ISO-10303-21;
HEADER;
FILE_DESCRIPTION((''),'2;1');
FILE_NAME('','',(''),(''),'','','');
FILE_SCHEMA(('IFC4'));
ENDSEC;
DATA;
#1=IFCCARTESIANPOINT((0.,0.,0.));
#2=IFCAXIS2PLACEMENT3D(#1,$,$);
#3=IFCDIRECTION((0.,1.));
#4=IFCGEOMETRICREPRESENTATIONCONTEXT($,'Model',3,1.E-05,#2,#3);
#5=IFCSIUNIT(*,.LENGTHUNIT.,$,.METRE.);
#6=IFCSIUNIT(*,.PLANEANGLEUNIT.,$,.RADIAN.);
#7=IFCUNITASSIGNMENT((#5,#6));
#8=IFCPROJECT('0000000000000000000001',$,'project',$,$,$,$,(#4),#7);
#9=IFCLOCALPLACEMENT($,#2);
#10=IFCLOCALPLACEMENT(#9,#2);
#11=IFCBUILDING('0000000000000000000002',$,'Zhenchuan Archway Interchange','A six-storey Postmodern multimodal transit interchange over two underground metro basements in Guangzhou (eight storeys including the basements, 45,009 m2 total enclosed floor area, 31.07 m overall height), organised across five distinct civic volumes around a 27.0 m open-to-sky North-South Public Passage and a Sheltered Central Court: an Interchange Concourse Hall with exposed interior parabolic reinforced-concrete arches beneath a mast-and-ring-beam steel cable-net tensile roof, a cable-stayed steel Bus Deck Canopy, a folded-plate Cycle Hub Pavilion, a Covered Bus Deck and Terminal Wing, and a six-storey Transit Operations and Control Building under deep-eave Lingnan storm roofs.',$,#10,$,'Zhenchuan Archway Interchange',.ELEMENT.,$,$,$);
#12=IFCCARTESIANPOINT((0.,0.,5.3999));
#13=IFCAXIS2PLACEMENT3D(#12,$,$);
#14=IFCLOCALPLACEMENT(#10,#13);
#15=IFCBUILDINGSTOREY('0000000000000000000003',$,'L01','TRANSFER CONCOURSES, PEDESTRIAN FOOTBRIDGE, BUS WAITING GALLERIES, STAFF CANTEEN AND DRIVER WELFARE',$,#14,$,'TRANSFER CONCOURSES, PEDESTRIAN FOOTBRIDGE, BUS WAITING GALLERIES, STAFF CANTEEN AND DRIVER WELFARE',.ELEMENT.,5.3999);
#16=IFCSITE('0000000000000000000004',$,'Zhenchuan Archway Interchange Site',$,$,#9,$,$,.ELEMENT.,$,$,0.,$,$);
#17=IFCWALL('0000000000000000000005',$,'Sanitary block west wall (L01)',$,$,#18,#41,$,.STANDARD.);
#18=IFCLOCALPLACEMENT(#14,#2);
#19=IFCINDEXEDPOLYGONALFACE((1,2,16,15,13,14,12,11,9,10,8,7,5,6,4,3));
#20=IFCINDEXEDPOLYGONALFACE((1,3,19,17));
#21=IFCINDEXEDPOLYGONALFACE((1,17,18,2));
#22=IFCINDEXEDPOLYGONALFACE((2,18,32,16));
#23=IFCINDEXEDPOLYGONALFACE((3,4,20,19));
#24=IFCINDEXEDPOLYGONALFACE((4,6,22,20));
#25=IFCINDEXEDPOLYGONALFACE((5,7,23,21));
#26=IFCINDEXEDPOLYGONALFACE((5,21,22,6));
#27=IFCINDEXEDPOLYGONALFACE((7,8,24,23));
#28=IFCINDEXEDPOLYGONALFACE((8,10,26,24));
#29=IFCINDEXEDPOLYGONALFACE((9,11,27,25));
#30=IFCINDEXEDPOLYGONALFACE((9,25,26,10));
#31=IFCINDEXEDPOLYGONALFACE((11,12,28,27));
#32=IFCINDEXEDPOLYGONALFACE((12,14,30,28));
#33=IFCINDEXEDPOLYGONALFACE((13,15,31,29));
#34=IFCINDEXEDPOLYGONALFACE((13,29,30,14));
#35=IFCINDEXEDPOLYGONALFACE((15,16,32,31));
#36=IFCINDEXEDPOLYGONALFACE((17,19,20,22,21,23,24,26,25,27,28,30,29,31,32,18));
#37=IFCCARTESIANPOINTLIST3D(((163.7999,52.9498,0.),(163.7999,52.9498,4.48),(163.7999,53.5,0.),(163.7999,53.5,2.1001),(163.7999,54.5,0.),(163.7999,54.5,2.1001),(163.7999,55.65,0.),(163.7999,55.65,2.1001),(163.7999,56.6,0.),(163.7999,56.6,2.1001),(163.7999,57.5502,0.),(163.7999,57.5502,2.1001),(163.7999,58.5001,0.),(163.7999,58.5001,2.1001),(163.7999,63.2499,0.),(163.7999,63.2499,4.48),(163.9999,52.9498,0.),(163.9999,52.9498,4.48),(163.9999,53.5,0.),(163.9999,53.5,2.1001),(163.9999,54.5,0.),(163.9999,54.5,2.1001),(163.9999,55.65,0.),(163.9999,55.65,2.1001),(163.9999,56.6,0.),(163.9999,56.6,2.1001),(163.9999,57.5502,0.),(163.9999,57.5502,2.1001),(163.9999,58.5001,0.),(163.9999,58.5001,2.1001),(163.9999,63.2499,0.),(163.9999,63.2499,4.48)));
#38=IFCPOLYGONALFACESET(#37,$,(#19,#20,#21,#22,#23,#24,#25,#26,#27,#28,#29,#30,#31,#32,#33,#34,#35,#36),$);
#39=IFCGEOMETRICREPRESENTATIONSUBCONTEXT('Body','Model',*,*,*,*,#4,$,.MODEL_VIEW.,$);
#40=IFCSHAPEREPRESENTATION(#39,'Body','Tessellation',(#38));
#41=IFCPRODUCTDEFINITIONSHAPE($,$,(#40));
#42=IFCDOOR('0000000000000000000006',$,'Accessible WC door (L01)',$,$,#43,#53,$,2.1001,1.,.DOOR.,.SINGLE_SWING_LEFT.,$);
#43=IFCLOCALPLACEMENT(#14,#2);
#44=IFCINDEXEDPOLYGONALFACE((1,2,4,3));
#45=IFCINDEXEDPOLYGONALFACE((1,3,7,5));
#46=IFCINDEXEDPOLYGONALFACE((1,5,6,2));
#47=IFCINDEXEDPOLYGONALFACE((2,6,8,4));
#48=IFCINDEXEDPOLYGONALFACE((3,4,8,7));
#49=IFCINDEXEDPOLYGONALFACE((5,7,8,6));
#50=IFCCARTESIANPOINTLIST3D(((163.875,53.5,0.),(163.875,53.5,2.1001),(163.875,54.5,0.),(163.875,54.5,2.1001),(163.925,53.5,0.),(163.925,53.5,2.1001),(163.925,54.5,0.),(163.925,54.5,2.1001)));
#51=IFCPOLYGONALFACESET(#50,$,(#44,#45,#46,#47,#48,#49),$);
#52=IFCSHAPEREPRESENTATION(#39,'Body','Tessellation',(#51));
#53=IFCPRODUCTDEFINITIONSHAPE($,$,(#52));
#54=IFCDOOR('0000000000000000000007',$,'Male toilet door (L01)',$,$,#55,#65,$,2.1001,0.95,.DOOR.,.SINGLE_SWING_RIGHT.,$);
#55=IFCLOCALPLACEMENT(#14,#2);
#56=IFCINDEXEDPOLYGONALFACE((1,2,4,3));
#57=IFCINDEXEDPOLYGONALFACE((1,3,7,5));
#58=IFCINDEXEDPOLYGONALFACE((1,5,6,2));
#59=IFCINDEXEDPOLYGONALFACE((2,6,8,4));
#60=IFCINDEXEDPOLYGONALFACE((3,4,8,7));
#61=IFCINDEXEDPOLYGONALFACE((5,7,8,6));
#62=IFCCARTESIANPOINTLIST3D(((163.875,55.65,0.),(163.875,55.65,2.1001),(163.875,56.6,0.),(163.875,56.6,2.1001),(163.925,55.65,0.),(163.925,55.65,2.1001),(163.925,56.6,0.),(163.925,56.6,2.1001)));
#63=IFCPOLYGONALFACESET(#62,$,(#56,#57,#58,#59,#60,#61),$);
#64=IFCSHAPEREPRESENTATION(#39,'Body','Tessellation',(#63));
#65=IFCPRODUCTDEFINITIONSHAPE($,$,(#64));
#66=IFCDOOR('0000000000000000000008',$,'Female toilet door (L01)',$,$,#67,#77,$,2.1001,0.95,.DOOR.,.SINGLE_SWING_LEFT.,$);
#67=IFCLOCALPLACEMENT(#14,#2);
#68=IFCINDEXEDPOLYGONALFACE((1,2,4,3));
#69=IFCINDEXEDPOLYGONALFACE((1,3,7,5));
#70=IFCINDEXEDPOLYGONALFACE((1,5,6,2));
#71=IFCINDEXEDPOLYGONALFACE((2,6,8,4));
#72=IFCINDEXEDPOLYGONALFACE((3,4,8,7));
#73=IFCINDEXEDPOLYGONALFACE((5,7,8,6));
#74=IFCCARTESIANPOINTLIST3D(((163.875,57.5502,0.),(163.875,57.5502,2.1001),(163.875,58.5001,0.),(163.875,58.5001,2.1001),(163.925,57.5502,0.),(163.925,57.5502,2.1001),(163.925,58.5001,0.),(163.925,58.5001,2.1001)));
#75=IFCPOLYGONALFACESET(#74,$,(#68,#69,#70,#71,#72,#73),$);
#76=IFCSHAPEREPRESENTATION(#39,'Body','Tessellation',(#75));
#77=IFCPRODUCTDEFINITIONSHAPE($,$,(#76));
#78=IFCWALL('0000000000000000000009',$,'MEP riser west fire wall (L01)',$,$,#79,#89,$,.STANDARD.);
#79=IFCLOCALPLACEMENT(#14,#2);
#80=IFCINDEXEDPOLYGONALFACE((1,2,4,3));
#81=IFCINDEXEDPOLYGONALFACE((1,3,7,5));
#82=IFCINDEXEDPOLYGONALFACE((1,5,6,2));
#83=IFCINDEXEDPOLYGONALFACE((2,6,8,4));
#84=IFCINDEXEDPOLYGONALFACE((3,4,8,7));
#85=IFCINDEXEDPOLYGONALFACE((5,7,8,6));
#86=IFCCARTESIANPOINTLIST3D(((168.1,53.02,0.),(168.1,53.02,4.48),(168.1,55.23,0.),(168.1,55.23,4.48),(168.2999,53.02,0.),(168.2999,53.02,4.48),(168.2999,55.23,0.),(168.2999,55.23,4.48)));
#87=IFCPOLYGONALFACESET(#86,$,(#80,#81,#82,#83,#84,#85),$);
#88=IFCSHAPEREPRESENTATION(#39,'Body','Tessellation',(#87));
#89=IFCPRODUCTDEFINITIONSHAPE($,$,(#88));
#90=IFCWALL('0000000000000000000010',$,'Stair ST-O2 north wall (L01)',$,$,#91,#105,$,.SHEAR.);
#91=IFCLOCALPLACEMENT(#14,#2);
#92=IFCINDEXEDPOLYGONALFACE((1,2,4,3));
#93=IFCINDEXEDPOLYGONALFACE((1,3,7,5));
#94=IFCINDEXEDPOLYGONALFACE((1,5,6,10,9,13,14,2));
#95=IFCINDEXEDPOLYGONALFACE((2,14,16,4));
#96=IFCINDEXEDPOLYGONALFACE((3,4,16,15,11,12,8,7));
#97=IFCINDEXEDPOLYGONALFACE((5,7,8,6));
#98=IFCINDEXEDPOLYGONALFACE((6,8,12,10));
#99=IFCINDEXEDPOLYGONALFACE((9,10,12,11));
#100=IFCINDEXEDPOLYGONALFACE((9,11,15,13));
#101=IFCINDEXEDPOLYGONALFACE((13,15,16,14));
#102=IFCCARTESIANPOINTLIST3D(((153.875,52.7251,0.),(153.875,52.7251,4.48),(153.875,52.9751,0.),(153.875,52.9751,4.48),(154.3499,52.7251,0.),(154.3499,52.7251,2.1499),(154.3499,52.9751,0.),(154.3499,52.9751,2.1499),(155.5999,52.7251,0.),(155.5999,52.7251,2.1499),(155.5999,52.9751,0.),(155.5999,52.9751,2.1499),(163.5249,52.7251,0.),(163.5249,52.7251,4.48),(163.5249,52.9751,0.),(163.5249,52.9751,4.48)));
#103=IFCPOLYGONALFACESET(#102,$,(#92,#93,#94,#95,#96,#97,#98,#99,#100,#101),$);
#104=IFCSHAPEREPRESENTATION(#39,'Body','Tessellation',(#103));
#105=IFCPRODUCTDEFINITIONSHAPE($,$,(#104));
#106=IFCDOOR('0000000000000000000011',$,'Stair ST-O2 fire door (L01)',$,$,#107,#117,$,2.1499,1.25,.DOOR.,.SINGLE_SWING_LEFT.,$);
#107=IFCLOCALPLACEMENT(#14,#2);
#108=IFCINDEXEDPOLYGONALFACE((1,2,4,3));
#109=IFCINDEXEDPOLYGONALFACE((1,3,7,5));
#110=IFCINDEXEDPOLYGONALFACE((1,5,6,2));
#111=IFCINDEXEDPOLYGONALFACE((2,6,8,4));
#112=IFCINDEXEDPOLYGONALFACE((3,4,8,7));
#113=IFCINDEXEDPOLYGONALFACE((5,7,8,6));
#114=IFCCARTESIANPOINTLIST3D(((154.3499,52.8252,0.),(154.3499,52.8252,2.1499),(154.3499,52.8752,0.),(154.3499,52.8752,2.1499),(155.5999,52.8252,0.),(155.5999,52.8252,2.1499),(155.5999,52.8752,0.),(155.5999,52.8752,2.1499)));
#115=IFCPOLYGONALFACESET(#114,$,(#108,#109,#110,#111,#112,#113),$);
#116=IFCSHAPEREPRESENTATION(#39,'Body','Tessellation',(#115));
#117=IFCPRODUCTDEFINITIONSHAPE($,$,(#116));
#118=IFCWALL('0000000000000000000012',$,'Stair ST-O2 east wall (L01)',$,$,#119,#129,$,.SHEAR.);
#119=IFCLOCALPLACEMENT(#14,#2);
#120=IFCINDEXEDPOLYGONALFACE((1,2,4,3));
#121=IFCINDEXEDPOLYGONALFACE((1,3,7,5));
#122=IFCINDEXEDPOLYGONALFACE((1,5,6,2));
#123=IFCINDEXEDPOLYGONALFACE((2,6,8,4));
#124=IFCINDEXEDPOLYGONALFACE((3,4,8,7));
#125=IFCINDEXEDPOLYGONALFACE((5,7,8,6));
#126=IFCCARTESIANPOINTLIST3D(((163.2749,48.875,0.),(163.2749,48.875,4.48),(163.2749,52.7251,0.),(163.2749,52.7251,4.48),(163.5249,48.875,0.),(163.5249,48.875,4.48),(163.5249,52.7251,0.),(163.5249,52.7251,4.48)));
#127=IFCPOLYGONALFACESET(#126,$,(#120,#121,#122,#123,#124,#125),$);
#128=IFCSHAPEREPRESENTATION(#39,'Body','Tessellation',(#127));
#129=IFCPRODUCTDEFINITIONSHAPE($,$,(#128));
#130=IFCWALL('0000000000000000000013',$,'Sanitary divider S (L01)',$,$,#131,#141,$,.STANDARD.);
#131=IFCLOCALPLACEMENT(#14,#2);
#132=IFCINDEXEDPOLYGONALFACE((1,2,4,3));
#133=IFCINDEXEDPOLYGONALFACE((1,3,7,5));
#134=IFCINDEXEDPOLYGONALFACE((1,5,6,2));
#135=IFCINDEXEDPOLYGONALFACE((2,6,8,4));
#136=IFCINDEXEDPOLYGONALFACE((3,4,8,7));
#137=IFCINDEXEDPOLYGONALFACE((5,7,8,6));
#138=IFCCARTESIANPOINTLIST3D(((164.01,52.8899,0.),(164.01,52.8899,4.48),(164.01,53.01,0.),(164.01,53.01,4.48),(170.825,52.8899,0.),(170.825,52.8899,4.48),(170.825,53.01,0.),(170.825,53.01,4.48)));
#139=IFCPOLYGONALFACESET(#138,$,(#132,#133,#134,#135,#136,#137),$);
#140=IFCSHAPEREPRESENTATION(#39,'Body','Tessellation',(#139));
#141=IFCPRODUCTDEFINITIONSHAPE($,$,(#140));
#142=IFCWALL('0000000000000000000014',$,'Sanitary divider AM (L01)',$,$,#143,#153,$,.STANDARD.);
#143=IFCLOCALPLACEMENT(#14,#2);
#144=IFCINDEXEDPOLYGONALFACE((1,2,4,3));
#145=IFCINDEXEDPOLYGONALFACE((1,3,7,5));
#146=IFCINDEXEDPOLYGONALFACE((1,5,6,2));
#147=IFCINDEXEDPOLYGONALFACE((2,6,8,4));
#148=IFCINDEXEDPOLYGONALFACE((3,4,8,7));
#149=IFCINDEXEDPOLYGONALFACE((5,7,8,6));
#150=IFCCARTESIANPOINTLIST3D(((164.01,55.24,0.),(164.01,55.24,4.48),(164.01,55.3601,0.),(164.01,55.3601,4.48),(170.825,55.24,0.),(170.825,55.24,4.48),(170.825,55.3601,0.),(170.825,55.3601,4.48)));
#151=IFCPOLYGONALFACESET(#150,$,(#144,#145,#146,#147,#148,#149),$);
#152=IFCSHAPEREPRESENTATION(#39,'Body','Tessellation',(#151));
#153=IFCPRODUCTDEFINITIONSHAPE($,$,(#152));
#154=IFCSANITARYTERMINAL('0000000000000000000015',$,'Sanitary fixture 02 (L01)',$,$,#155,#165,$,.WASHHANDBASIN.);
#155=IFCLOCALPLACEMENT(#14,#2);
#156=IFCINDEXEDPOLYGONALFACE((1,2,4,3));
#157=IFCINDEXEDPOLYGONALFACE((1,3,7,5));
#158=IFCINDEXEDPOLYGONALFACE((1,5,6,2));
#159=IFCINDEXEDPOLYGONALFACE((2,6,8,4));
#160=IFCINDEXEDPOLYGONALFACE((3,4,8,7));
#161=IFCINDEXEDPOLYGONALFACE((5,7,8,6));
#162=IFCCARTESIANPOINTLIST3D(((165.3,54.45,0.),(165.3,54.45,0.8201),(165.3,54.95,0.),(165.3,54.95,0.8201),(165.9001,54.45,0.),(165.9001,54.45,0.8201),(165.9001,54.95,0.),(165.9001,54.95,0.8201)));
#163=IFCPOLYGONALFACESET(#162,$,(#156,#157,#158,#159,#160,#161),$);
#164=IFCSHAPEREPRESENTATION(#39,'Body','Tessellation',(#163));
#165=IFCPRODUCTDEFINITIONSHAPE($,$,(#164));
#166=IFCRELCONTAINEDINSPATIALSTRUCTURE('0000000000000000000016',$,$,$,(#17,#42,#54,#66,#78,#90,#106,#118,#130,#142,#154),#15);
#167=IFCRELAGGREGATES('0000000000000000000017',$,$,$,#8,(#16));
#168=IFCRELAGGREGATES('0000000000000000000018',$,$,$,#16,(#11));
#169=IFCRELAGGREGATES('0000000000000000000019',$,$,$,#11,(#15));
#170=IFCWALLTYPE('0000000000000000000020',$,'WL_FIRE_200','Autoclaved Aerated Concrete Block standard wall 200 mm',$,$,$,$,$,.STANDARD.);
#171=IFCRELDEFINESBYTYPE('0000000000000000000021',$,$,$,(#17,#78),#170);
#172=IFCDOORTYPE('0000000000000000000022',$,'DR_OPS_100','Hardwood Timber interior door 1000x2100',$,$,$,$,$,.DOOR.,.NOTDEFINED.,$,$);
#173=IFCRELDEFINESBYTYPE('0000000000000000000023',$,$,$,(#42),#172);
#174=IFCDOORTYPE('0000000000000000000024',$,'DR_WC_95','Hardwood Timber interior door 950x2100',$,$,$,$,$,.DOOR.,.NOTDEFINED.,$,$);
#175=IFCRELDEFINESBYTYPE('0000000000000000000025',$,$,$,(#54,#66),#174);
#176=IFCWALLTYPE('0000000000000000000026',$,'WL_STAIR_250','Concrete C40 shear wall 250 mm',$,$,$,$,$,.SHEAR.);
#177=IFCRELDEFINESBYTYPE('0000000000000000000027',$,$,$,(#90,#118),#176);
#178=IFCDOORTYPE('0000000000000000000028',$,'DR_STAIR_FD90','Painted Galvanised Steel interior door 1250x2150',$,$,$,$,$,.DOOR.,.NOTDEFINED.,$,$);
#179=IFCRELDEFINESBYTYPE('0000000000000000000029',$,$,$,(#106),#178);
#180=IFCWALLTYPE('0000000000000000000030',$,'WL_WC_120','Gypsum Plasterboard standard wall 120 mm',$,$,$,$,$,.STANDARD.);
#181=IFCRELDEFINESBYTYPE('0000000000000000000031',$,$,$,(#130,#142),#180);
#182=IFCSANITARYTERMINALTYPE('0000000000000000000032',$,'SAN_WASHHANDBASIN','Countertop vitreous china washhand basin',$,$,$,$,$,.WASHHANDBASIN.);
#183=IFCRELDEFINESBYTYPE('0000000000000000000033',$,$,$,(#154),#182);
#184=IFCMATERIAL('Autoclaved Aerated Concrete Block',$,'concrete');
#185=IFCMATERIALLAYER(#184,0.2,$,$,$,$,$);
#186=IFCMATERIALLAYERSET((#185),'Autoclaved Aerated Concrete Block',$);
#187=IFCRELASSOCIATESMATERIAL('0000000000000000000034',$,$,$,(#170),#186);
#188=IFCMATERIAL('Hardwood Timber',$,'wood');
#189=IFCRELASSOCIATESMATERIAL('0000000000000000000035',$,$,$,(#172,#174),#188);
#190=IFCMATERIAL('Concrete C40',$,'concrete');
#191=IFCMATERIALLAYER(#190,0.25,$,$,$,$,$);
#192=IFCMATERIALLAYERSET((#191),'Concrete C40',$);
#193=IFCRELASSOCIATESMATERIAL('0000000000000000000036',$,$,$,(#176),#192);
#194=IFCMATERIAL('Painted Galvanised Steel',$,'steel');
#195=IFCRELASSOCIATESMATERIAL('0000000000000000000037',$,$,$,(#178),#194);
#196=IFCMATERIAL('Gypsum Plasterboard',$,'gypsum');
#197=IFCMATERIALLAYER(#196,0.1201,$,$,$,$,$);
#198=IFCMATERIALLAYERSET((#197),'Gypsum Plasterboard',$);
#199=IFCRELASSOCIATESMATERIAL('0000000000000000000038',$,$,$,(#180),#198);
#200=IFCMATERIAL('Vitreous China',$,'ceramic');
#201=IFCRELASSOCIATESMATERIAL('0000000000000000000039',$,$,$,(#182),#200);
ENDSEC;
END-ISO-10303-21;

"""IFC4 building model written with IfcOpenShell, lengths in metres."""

from ifc_helpers import new_model, si_unit, direction, frame, frame_2d, origin, origin_2d, place, context, subcontext, project, spatial, rectangle, extrude, material, layer, layer_set, type_object, element, fill, save


model = new_model("IFC4")

# Units and contexts
model_context = context("Model", 3, precision=1e-05, world=origin(), true_north=direction((0.0, 1.0)))
body_context = subcontext(model_context, "Body", "Model", "MODEL_VIEW")
ifc_project = project(units=[si_unit("LENGTHUNIT", "METRE"), si_unit("PLANEANGLEUNIT", "RADIAN")], contexts=[model_context])

# Site, building, storey
site_placement = place(None, origin())
site = spatial("IfcSite", under=ifc_project, at=site_placement, Name="Zhenchuan Archway Interchange Site", CompositionType="ELEMENT", RefElevation=0.0)
building_placement = place(site_placement, origin())
building = spatial("IfcBuilding", under=site, at=building_placement, Name="Zhenchuan Archway Interchange", Description="A six-storey Postmodern multimodal transit interchange over two underground metro basements in Guangzhou (eight storeys including the basements, 45,009 m2 total enclosed floor area, 31.07 m overall height), organised across five distinct civic volumes around a 27.0 m open-to-sky North-South Public Passage and a Sheltered Central Court: an Interchange Concourse Hall with exposed interior parabolic reinforced-concrete arches beneath a mast-and-ring-beam steel cable-net tensile roof, a cable-stayed steel Bus Deck Canopy, a folded-plate Cycle Hub Pavilion, a Covered Bus Deck and Terminal Wing, and a six-storey Transit Operations and Control Building under deep-eave Lingnan storm roofs.", LongName="Zhenchuan Archway Interchange", CompositionType="ELEMENT")
storey_placement = place(building_placement, frame((0.0, 0.0, 5.3999)))
storey = spatial("IfcBuildingStorey", under=building, at=storey_placement, Name="L01", Description="TRANSFER CONCOURSES, PEDESTRIAN FOOTBRIDGE, BUS WAITING GALLERIES, STAFF CANTEEN AND DRIVER WELFARE", LongName="TRANSFER CONCOURSES, PEDESTRIAN FOOTBRIDGE, BUS WAITING GALLERIES, STAFF CANTEEN AND DRIVER WELFARE", CompositionType="ELEMENT", Elevation=5.3999)

# Shared definitions
ifc_material_1 = material(Name="Concrete C40", Category="concrete")

# Wall, openings, doors
ifc_material_2 = material(Name="Autoclaved Aerated Concrete Block", Category="concrete")
ifc_layer_1 = layer(ifc_material_2, 0.2)
ifc_layer_set_1 = layer_set([ifc_layer_1], Name="Autoclaved Aerated Concrete Block")
wall_type_1 = type_object("IfcWallType", Name="WL_FIRE_200", Description="Autoclaved Aerated Concrete Block standard wall 200 mm", PredefinedType="STANDARD", material=ifc_layer_set_1)
wall_1_placement = place(storey_placement, frame((163.8999, 52.95, 0.0), z_axis=(0.0, 0.0, 1.0), x_axis=(0.0, 1.0, 0.0)))
wall_1 = element("IfcWall", 1, at=wall_1_placement, inside=storey, type_object=wall_type_1, Name="Sanitary block west wall (L01)", PredefinedType="STANDARD", context=body_context, shape_type="SweptSolid", body=[
    extrude(rectangle(XDim=10.3, YDim=0.2, at=frame_2d((5.1499, 0.0))), origin(), (0.0, 0.0, 1.0), 4.48),
])
opening_1_placement = place(wall_1_placement, frame((0.55, 0.0, 0.0)))
opening_1 = element("IfcOpeningElement", 2, at=opening_1_placement, cuts=wall_1, PredefinedType="OPENING", context=body_context, shape_type="SweptSolid", body=[
    extrude(rectangle(XDim=1.0, YDim=2.1001, at=frame_2d((0.5, 1.05))), frame((0.0, 0.1118, 0.0), z_axis=(0.0, -1.0, 0.0), x_axis=(1.0, 0.0, 0.0)), (0.0, 0.0, 1.0), 0.2239),
])
opening_2_placement = place(wall_1_placement, frame((2.7, 0.0, 0.0)))
opening_2 = element("IfcOpeningElement", 3, at=opening_2_placement, cuts=wall_1, PredefinedType="OPENING", context=body_context, shape_type="SweptSolid", body=[
    extrude(rectangle(XDim=0.95, YDim=2.1001, at=frame_2d((0.4751, 1.05))), frame((0.0, 0.1118, 0.0), z_axis=(0.0, -1.0, 0.0), x_axis=(1.0, 0.0, 0.0)), (0.0, 0.0, 1.0), 0.2239),
])
opening_3_placement = place(wall_1_placement, frame((4.6001, 0.0, 0.0)))
opening_3 = element("IfcOpeningElement", 4, at=opening_3_placement, cuts=wall_1, PredefinedType="OPENING", context=body_context, shape_type="SweptSolid", body=[
    extrude(rectangle(XDim=0.95, YDim=2.1001, at=frame_2d((0.4751, 1.05))), frame((0.0, 0.1118, 0.0), z_axis=(0.0, -1.0, 0.0), x_axis=(1.0, 0.0, 0.0)), (0.0, 0.0, 1.0), 0.2239),
])
ifc_material_3 = material(Name="Hardwood Timber", Category="wood")
door_type_1 = type_object("IfcDoorType", Name="DR_OPS_100", Description="Hardwood Timber interior door 1000x2100", OperationType="NOTDEFINED", PredefinedType="DOOR", material=ifc_material_3)
door_1_placement = place(opening_1_placement, origin())
door_1 = element("IfcDoor", 5, at=door_1_placement, inside=storey, type_object=door_type_1, Name="Accessible WC door (L01)", OperationType="SINGLE_SWING_LEFT", OverallHeight=2.1001, OverallWidth=1.0, PredefinedType="DOOR", context=body_context, shape_type="SweptSolid", body=[
    extrude(rectangle(XDim=1.0, YDim=2.1001, at=frame_2d((0.5, 1.05))), frame((0.0, 0.0249, 0.0), z_axis=(0.0, -1.0, 0.0), x_axis=(1.0, 0.0, 0.0)), (0.0, 0.0, 1.0), 0.05),
])
fill(opening_1, door_1)
door_type_2 = type_object("IfcDoorType", Name="DR_WC_95", Description="Hardwood Timber interior door 950x2100", OperationType="NOTDEFINED", PredefinedType="DOOR", material=ifc_material_3)
door_2_placement = place(opening_2_placement, origin())
door_2 = element("IfcDoor", 6, at=door_2_placement, inside=storey, type_object=door_type_2, Name="Male toilet door (L01)", OperationType="SINGLE_SWING_RIGHT", OverallHeight=2.1001, OverallWidth=0.95, PredefinedType="DOOR", context=body_context, shape_type="SweptSolid", body=[
    extrude(rectangle(XDim=0.95, YDim=2.1001, at=frame_2d((0.4751, 1.05))), frame((0.0, 0.0249, 0.0), z_axis=(0.0, -1.0, 0.0), x_axis=(1.0, 0.0, 0.0)), (0.0, 0.0, 1.0), 0.05),
])
fill(opening_2, door_2)
door_3_placement = place(opening_3_placement, origin())
door_3 = element("IfcDoor", 7, at=door_3_placement, inside=storey, type_object=door_type_2, Name="Female toilet door (L01)", OperationType="SINGLE_SWING_LEFT", OverallHeight=2.1001, OverallWidth=0.95, PredefinedType="DOOR", context=body_context, shape_type="SweptSolid", body=[
    extrude(rectangle(XDim=0.95, YDim=2.1001, at=frame_2d((0.4751, 1.05))), frame((0.0, 0.0249, 0.0), z_axis=(0.0, -1.0, 0.0), x_axis=(1.0, 0.0, 0.0)), (0.0, 0.0, 1.0), 0.05),
])
fill(opening_3, door_3)

# Wall
wall_2_placement = place(storey_placement, frame((168.2, 53.02, 0.0), z_axis=(0.0, 0.0, 1.0), x_axis=(0.0, 1.0, 0.0)))
element("IfcWall", 8, at=wall_2_placement, inside=storey, type_object=wall_type_1, Name="MEP riser west fire wall (L01)", PredefinedType="STANDARD", context=body_context, shape_type="SweptSolid", body=[
    extrude(rectangle(XDim=2.21, YDim=0.2, at=frame_2d((1.105, 0.0))), origin(), (0.0, 0.0, 1.0), 4.48),
])

# Wall, opening, door
ifc_layer_2 = layer(ifc_material_1, 0.25)
ifc_layer_set_2 = layer_set([ifc_layer_2], Name="Concrete C40")
wall_type_2 = type_object("IfcWallType", Name="WL_STAIR_250", Description="Concrete C40 shear wall 250 mm", PredefinedType="SHEAR", material=ifc_layer_set_2)
wall_3_placement = place(storey_placement, frame((163.5249, 52.8501, 0.0), z_axis=(0.0, 0.0, 1.0), x_axis=(-1.0, 0.0, 0.0)))
wall_3 = element("IfcWall", 9, at=wall_3_placement, inside=storey, type_object=wall_type_2, Name="Stair ST-O2 north wall (L01)", PredefinedType="SHEAR", context=body_context, shape_type="SweptSolid", body=[
    extrude(rectangle(XDim=9.6499, YDim=0.25, at=frame_2d((4.825, 0.0))), origin(), (0.0, 0.0, 1.0), 4.48),
])
opening_4_placement = place(wall_3_placement, frame((7.925, 0.0, 0.0)))
opening_4 = element("IfcOpeningElement", 10, at=opening_4_placement, cuts=wall_3, PredefinedType="OPENING", context=body_context, shape_type="SweptSolid", body=[
    extrude(rectangle(XDim=1.25, YDim=2.1499, at=frame_2d((0.625, 1.075))), frame((0.0, 0.137, 0.0), z_axis=(0.0, -1.0, 0.0), x_axis=(1.0, 0.0, 0.0)), (0.0, 0.0, 1.0), 0.2739),
])
ifc_material_4 = material(Name="Painted Galvanised Steel", Category="steel")
door_type_3 = type_object("IfcDoorType", Name="DR_STAIR_FD90", Description="Painted Galvanised Steel interior door 1250x2150", OperationType="NOTDEFINED", PredefinedType="DOOR", material=ifc_material_4)
door_4_placement = place(opening_4_placement, origin())
door_4 = element("IfcDoor", 11, at=door_4_placement, inside=storey, type_object=door_type_3, Name="Stair ST-O2 fire door (L01)", OperationType="SINGLE_SWING_LEFT", OverallHeight=2.1499, OverallWidth=1.25, PredefinedType="DOOR", context=body_context, shape_type="SweptSolid", body=[
    extrude(rectangle(XDim=1.25, YDim=2.1499, at=frame_2d((0.625, 1.075))), frame((0.0, 0.0249, 0.0), z_axis=(0.0, -1.0, 0.0), x_axis=(1.0, 0.0, 0.0)), (0.0, 0.0, 1.0), 0.05),
])
fill(opening_4, door_4)

# Walls
wall_4_placement = place(storey_placement, frame((163.3999, 48.875, 0.0), z_axis=(0.0, 0.0, 1.0), x_axis=(0.0, 1.0, 0.0)))
element("IfcWall", 12, at=wall_4_placement, inside=storey, type_object=wall_type_2, Name="Stair ST-O2 east wall (L01)", PredefinedType="SHEAR", context=body_context, shape_type="SweptSolid", body=[
    extrude(rectangle(XDim=3.8501, YDim=0.25, at=frame_2d((1.925, 0.0))), origin(), (0.0, 0.0, 1.0), 4.48),
])
ifc_material_5 = material(Name="Gypsum Plasterboard", Category="gypsum")
ifc_layer_3 = layer(ifc_material_5, 0.1201)
ifc_layer_set_3 = layer_set([ifc_layer_3], Name="Gypsum Plasterboard")
wall_type_3 = type_object("IfcWallType", Name="WL_WC_120", Description="Gypsum Plasterboard standard wall 120 mm", PredefinedType="STANDARD", material=ifc_layer_set_3)
for number, where, z_axis, x_axis, name in (
    (13, (164.01, 52.95, 0.0), (0.0, 0.0, 1.0), (1.0, 0.0, 0.0), "Sanitary divider S (L01)"),
    (14, (164.01, 55.3, 0.0), (0.0, 0.0, 1.0), (1.0, 0.0, 0.0), "Sanitary divider AM (L01)"),
):
    element("IfcWall", number, at=place(storey_placement, frame(where, z_axis=z_axis, x_axis=x_axis)), inside=storey, type_object=wall_type_3, Name=name, PredefinedType="STANDARD", context=body_context, shape_type="SweptSolid", body=[
        extrude(rectangle(XDim=6.8149, YDim=0.1201, at=frame_2d((3.4075, 0.0))), origin(), (0.0, 0.0, 1.0), 4.48),
    ])

# Sanitary terminal
ifc_material_6 = material(Name="Vitreous China", Category="ceramic")
sanitary_terminal_type_1 = type_object("IfcSanitaryTerminalType", Name="SAN_WASHHANDBASIN", Description="Countertop vitreous china washhand basin", PredefinedType="WASHHANDBASIN", material=ifc_material_6)
sanitary_terminal_placement = place(storey_placement, frame((165.6001, 54.7, 0.0), z_axis=(0.0, 0.0, 1.0), x_axis=(1.0, 0.0, 0.0)))
element("IfcSanitaryTerminal", 15, at=sanitary_terminal_placement, inside=storey, type_object=sanitary_terminal_type_1, Name="Sanitary fixture 02 (L01)", PredefinedType="WASHHANDBASIN", context=body_context, shape_type="SweptSolid", body=[
    extrude(rectangle(XDim=0.6001, YDim=0.5, at=origin_2d()), origin(), (0.0, 0.0, 1.0), 0.8201),
])

save(model, "model.ifc")
